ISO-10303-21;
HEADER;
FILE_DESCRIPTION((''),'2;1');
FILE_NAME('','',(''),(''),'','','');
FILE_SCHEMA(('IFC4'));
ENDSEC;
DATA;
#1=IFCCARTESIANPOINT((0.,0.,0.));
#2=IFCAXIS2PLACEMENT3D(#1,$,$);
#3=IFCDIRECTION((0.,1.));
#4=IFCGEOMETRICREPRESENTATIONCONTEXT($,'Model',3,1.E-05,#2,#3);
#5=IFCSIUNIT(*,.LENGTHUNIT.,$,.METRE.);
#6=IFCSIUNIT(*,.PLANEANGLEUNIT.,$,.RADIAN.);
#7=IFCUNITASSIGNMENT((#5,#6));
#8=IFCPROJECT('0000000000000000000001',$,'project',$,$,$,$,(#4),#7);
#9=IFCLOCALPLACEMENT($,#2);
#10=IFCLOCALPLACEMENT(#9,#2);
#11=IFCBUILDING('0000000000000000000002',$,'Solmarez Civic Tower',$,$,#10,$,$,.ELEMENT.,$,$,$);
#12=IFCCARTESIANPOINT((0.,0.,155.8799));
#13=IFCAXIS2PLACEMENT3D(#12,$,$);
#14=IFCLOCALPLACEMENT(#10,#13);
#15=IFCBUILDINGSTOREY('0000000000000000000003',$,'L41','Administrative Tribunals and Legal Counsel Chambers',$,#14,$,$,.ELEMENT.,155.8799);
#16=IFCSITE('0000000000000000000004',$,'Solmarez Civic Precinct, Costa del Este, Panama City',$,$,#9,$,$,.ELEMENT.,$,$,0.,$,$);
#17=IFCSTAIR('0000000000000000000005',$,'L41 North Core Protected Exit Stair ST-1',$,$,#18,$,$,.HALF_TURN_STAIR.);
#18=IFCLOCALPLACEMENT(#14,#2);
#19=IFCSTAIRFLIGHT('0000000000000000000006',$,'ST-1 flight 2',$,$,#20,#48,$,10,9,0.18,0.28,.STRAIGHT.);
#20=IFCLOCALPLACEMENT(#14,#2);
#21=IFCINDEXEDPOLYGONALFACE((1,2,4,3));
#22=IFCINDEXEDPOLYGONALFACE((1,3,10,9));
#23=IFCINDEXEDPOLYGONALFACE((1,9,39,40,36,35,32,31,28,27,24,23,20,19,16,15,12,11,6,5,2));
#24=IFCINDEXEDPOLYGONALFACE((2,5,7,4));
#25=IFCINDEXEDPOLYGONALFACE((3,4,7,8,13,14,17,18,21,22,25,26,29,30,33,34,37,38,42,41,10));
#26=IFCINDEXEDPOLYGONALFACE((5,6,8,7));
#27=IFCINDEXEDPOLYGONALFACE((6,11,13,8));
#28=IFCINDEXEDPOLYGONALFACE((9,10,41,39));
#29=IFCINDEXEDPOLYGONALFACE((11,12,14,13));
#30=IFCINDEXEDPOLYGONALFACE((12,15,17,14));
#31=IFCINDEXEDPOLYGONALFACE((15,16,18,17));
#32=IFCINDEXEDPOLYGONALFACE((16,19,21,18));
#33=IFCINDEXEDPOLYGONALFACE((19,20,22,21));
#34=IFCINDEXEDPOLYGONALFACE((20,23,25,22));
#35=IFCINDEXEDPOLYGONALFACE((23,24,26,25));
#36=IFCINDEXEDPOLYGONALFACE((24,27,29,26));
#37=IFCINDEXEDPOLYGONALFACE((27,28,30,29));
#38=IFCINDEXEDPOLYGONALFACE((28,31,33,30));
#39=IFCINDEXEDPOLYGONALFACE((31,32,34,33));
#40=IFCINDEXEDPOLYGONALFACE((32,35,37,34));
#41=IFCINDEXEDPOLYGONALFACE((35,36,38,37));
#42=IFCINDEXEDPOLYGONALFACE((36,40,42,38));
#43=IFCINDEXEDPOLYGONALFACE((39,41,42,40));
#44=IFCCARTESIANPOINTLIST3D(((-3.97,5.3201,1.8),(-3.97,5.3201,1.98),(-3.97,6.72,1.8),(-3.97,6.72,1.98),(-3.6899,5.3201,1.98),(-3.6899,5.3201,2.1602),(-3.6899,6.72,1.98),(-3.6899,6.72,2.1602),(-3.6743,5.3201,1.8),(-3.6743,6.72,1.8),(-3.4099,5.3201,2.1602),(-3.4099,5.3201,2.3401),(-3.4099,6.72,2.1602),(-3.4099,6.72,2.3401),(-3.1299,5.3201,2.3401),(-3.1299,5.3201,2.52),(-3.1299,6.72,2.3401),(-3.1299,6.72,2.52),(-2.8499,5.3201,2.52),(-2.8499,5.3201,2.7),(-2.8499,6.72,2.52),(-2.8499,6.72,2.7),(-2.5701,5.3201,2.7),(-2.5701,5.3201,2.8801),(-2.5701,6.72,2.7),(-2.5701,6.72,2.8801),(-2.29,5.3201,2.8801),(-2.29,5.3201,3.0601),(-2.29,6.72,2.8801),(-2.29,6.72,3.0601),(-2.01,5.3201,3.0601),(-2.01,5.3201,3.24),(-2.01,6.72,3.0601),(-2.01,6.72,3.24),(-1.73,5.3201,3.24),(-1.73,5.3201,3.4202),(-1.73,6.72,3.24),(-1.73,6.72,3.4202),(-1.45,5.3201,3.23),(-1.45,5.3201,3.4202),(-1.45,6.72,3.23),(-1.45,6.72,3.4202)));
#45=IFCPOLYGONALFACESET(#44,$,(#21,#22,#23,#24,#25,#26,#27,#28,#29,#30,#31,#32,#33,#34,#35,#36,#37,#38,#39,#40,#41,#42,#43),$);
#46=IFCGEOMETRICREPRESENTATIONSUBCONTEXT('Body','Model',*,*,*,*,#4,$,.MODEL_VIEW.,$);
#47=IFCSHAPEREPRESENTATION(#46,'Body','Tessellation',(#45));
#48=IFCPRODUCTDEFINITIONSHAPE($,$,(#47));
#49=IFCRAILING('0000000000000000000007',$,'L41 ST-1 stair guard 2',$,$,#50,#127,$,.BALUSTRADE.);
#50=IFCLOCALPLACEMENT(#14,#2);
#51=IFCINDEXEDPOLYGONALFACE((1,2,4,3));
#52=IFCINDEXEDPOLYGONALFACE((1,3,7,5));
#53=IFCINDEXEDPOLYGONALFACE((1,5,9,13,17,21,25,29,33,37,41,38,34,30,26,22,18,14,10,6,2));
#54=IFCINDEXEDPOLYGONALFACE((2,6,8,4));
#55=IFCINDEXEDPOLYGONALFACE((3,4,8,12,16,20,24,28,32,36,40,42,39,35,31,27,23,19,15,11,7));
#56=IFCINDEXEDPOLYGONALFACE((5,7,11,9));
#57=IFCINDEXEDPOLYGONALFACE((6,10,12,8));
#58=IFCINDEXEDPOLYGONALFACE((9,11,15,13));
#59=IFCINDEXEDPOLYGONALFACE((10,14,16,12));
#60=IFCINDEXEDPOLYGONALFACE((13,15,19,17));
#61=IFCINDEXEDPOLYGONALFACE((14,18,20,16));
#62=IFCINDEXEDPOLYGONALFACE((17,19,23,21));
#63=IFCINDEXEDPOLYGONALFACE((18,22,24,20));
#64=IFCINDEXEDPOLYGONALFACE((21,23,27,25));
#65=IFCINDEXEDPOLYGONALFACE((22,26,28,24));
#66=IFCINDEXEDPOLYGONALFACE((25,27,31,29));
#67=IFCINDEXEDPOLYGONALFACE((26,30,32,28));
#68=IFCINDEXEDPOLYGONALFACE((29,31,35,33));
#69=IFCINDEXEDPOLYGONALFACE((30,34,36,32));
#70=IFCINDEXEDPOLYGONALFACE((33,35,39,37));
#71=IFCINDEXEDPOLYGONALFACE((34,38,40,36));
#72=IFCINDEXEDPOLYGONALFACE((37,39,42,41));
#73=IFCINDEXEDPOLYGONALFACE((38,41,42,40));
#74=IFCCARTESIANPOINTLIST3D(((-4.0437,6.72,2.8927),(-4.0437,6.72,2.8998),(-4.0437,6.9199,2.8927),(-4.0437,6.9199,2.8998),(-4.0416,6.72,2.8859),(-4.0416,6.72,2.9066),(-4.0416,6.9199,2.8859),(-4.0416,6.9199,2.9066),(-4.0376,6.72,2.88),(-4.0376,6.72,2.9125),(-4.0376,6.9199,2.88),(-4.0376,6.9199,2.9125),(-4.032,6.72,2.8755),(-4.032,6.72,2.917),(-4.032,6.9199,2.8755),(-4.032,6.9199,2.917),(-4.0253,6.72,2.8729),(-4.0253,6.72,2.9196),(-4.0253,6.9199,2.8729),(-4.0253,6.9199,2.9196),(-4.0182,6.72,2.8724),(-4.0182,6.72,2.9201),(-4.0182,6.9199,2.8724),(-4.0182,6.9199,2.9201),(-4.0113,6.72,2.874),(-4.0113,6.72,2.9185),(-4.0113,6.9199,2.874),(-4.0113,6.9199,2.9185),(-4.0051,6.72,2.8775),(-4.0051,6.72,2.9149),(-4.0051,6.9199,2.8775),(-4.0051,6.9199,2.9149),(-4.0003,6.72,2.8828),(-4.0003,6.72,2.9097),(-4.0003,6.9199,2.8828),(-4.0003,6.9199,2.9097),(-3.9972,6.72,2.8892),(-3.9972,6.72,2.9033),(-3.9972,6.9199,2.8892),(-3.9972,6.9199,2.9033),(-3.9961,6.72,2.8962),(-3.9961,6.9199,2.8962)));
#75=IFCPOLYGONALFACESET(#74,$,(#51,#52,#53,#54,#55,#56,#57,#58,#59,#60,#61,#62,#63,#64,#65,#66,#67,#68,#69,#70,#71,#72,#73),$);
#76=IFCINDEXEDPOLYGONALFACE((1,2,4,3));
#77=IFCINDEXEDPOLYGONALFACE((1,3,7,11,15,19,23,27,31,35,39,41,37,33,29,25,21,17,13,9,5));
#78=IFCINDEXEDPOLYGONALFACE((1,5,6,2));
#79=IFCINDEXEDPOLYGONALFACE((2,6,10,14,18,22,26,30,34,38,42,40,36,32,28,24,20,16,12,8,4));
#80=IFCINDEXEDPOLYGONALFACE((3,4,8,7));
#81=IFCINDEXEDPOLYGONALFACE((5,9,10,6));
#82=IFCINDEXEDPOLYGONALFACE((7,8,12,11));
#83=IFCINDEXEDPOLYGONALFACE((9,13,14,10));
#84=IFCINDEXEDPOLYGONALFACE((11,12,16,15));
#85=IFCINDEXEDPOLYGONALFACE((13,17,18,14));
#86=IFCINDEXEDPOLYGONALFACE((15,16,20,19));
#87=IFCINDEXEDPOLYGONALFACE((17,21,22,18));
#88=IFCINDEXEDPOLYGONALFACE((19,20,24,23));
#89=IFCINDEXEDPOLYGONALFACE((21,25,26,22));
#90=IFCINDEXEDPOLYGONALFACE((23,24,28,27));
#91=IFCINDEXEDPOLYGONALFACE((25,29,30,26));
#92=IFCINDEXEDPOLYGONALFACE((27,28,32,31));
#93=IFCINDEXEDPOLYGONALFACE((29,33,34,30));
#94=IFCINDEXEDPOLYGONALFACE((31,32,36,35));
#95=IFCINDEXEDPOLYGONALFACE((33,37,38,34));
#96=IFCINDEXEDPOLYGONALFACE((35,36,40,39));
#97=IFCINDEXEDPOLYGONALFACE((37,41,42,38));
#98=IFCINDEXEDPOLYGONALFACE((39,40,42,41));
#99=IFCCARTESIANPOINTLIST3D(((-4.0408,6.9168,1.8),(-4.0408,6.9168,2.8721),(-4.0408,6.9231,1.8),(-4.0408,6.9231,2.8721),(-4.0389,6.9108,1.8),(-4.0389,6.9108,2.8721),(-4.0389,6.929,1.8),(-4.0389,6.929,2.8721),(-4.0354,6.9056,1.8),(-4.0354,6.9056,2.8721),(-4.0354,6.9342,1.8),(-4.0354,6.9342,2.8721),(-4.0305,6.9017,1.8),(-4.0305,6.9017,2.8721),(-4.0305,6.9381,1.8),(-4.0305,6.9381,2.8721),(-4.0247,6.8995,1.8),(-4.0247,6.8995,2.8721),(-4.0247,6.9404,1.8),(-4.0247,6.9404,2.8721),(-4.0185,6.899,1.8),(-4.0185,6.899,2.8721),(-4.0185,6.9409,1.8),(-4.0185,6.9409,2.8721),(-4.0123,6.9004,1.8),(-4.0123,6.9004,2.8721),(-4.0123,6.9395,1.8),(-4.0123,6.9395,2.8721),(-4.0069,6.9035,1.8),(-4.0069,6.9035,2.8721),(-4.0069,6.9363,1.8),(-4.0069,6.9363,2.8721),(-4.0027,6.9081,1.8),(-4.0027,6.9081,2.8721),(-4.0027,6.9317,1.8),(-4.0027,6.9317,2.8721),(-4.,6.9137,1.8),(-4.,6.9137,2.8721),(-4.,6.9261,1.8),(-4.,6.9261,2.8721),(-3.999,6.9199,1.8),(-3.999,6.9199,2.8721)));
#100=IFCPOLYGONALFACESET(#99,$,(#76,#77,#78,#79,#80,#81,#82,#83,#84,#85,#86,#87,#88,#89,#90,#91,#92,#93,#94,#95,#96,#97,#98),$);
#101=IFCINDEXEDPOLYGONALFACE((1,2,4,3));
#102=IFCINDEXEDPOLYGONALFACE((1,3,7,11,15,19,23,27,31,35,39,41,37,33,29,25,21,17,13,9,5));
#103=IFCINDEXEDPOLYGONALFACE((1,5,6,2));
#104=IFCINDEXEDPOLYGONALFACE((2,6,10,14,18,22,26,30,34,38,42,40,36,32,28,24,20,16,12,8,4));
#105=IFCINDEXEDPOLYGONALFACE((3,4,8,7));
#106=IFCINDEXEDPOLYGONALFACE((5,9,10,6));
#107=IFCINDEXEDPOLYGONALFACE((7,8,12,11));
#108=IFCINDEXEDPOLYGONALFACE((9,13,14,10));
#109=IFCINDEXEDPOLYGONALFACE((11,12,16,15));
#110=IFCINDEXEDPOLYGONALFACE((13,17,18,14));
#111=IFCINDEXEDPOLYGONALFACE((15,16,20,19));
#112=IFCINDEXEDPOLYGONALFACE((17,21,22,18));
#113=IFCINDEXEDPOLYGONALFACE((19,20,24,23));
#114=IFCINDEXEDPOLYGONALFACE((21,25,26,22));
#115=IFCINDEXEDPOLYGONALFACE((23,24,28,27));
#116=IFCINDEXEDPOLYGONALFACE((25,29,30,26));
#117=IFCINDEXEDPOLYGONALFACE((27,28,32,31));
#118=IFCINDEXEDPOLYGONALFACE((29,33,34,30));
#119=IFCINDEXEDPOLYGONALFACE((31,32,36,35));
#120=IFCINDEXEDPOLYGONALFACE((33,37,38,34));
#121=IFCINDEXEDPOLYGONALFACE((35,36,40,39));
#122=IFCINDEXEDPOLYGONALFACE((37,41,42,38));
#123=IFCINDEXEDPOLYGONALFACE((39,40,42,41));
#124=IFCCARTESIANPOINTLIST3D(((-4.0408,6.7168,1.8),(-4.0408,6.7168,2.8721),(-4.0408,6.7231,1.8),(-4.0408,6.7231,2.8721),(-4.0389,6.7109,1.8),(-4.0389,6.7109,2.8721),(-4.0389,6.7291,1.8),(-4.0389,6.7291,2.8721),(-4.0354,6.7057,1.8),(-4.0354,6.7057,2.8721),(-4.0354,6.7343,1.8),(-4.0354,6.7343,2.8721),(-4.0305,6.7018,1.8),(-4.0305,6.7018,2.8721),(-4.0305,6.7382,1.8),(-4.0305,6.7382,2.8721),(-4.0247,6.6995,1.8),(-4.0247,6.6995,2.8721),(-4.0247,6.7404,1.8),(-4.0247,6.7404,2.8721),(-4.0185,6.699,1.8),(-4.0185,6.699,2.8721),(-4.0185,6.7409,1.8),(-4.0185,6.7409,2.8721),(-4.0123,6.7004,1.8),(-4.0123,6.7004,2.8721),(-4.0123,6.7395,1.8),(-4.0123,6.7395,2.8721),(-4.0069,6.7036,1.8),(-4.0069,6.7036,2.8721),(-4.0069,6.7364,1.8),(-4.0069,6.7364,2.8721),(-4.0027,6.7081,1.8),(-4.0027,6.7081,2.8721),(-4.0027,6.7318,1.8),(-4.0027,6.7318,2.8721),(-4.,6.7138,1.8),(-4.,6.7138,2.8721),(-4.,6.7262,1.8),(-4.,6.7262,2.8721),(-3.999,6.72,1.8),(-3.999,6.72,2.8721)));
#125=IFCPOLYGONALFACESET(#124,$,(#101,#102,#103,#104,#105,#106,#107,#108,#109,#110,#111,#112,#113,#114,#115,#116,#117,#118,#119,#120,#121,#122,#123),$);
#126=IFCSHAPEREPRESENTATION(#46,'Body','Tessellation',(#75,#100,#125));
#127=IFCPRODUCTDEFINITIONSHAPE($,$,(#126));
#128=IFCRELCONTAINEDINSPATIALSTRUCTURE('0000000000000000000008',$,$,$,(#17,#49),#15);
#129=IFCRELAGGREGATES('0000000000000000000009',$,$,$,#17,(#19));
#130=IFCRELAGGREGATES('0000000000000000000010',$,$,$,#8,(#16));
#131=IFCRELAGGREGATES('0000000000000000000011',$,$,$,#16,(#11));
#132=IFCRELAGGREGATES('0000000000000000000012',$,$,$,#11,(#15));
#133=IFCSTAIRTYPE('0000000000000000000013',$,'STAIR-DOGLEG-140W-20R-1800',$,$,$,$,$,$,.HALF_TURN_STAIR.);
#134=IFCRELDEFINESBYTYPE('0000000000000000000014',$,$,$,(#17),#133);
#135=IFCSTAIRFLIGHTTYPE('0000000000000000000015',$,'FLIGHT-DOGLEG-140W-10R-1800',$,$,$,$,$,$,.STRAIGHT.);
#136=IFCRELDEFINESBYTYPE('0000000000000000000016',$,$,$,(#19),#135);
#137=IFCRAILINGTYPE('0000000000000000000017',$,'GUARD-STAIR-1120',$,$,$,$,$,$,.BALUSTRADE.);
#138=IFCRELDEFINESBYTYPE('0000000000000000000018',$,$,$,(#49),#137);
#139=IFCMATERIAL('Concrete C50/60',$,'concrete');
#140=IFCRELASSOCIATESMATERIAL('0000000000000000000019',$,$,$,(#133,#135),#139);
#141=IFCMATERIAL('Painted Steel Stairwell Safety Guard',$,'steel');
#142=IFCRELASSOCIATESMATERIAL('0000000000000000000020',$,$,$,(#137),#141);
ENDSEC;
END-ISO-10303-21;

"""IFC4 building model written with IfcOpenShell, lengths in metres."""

from ifc_helpers import new_model, si_unit, direction, frame, origin, origin_2d, place, context, subcontext, project, spatial, polyline, circle, outline, extrude, material, type_object, element, aggregate, save


model = new_model("IFC4")

# Units and contexts
model_context = context("Model", 3, precision=1e-05, world=origin(), true_north=direction((0.0, 1.0)))
body_context = subcontext(model_context, "Body", "Model", "MODEL_VIEW")
ifc_project = project(units=[si_unit("LENGTHUNIT", "METRE"), si_unit("PLANEANGLEUNIT", "RADIAN")], contexts=[model_context])

# Site, building, storey
site_placement = place(None, origin())
site = spatial("IfcSite", under=ifc_project, at=site_placement, Name="Solmarez Civic Precinct, Costa del Este, Panama City", CompositionType="ELEMENT", RefElevation=0.0)
building_placement = place(site_placement, origin())
building = spatial("IfcBuilding", under=site, at=building_placement, Name="Solmarez Civic Tower", CompositionType="ELEMENT")
storey_placement = place(building_placement, frame((0.0, 0.0, 155.8799)))
storey = spatial("IfcBuildingStorey", under=building, at=storey_placement, Name="L41", Description="Administrative Tribunals and Legal Counsel Chambers", CompositionType="ELEMENT", Elevation=155.8799)

# Shared definitions
ifc_material_1 = material(Name="Concrete C50/60", Category="concrete")

# Stair, stair flight
stair_type = type_object("IfcStairType", Name="STAIR-DOGLEG-140W-20R-1800", PredefinedType="HALF_TURN_STAIR", material=ifc_material_1)
stair_placement = place(storey_placement, origin())
stair = element("IfcStair", 1, at=stair_placement, inside=storey, type_object=stair_type, Name="L41 North Core Protected Exit Stair ST-1", PredefinedType="HALF_TURN_STAIR")
stair_flight_type = type_object("IfcStairFlightType", Name="FLIGHT-DOGLEG-140W-10R-1800", PredefinedType="STRAIGHT", material=ifc_material_1)
stair_flight_placement = place(storey_placement, frame((-3.97, 6.02, 1.8), z_axis=(0.0, 0.0, 1.0), x_axis=(1.0, 0.0, 0.0)))
stair_flight = element("IfcStairFlight", 2, at=stair_flight_placement, type_object=stair_flight_type, Name="ST-1 flight 2", NumberOfRisers=10, NumberOfTreads=9, PredefinedType="STRAIGHT", RiserHeight=0.18, TreadLength=0.28, context=body_context, shape_type="SweptSolid", body=[
    extrude(outline(polyline([(0.0, 0.0), (0.0, 0.1799), (0.28, 0.1799), (0.28, 0.3601), (0.5601, 0.3601), (0.5601, 0.54), (0.8401, 0.54), (0.8401, 0.72), (1.1201, 0.72), (1.1201, 0.8999), (1.3999, 0.8999), (1.3999, 1.0801), (1.6799, 1.0801), (1.6799, 1.26), (1.96, 1.26), (1.96, 1.4399), (2.24, 1.4399), (2.24, 1.6201), (2.52, 1.6201), (2.52, 1.8), (2.52, 1.4299), (0.2957, 0.0), (0.0, 0.0)])), frame((0.0, 0.7, 0.0), z_axis=(0.0, -1.0, 0.0), x_axis=(1.0, 0.0, 0.0)), (0.0, 0.0, 1.0), 1.3999),
])
aggregate(stair, [stair_flight])

# Railing
ifc_material_2 = material(Name="Painted Steel Stairwell Safety Guard", Category="steel")
railing_type_1 = type_object("IfcRailingType", Name="GUARD-STAIR-1120", PredefinedType="BALUSTRADE", material=ifc_material_2)
railing_1_placement = place(storey_placement, frame((-4.02, 6.9199, 1.8)))
element("IfcRailing", 3, at=railing_1_placement, inside=storey, type_object=railing_type_1, Name="L41 ST-1 stair guard 2", PredefinedType="BALUSTRADE", context=body_context, shape_type="SweptSolid", body=[
    extrude(circle(Radius=0.0239, at=origin_2d()), frame((0.0, 0.0, 1.0962), z_axis=(0.0, -1.0, 0.0), x_axis=(1.0, 0.0, 0.0)), (0.0, 0.0, 1.0), 0.2),
    extrude(circle(Radius=0.021, at=origin_2d()), origin(), (0.0, 0.0, 1.0), 1.072),
    extrude(circle(Radius=0.021, at=origin_2d()), frame((0.0, -0.2, 0.0)), (0.0, 0.0, 1.0), 1.072),
])

save(model, "model.ifc")
